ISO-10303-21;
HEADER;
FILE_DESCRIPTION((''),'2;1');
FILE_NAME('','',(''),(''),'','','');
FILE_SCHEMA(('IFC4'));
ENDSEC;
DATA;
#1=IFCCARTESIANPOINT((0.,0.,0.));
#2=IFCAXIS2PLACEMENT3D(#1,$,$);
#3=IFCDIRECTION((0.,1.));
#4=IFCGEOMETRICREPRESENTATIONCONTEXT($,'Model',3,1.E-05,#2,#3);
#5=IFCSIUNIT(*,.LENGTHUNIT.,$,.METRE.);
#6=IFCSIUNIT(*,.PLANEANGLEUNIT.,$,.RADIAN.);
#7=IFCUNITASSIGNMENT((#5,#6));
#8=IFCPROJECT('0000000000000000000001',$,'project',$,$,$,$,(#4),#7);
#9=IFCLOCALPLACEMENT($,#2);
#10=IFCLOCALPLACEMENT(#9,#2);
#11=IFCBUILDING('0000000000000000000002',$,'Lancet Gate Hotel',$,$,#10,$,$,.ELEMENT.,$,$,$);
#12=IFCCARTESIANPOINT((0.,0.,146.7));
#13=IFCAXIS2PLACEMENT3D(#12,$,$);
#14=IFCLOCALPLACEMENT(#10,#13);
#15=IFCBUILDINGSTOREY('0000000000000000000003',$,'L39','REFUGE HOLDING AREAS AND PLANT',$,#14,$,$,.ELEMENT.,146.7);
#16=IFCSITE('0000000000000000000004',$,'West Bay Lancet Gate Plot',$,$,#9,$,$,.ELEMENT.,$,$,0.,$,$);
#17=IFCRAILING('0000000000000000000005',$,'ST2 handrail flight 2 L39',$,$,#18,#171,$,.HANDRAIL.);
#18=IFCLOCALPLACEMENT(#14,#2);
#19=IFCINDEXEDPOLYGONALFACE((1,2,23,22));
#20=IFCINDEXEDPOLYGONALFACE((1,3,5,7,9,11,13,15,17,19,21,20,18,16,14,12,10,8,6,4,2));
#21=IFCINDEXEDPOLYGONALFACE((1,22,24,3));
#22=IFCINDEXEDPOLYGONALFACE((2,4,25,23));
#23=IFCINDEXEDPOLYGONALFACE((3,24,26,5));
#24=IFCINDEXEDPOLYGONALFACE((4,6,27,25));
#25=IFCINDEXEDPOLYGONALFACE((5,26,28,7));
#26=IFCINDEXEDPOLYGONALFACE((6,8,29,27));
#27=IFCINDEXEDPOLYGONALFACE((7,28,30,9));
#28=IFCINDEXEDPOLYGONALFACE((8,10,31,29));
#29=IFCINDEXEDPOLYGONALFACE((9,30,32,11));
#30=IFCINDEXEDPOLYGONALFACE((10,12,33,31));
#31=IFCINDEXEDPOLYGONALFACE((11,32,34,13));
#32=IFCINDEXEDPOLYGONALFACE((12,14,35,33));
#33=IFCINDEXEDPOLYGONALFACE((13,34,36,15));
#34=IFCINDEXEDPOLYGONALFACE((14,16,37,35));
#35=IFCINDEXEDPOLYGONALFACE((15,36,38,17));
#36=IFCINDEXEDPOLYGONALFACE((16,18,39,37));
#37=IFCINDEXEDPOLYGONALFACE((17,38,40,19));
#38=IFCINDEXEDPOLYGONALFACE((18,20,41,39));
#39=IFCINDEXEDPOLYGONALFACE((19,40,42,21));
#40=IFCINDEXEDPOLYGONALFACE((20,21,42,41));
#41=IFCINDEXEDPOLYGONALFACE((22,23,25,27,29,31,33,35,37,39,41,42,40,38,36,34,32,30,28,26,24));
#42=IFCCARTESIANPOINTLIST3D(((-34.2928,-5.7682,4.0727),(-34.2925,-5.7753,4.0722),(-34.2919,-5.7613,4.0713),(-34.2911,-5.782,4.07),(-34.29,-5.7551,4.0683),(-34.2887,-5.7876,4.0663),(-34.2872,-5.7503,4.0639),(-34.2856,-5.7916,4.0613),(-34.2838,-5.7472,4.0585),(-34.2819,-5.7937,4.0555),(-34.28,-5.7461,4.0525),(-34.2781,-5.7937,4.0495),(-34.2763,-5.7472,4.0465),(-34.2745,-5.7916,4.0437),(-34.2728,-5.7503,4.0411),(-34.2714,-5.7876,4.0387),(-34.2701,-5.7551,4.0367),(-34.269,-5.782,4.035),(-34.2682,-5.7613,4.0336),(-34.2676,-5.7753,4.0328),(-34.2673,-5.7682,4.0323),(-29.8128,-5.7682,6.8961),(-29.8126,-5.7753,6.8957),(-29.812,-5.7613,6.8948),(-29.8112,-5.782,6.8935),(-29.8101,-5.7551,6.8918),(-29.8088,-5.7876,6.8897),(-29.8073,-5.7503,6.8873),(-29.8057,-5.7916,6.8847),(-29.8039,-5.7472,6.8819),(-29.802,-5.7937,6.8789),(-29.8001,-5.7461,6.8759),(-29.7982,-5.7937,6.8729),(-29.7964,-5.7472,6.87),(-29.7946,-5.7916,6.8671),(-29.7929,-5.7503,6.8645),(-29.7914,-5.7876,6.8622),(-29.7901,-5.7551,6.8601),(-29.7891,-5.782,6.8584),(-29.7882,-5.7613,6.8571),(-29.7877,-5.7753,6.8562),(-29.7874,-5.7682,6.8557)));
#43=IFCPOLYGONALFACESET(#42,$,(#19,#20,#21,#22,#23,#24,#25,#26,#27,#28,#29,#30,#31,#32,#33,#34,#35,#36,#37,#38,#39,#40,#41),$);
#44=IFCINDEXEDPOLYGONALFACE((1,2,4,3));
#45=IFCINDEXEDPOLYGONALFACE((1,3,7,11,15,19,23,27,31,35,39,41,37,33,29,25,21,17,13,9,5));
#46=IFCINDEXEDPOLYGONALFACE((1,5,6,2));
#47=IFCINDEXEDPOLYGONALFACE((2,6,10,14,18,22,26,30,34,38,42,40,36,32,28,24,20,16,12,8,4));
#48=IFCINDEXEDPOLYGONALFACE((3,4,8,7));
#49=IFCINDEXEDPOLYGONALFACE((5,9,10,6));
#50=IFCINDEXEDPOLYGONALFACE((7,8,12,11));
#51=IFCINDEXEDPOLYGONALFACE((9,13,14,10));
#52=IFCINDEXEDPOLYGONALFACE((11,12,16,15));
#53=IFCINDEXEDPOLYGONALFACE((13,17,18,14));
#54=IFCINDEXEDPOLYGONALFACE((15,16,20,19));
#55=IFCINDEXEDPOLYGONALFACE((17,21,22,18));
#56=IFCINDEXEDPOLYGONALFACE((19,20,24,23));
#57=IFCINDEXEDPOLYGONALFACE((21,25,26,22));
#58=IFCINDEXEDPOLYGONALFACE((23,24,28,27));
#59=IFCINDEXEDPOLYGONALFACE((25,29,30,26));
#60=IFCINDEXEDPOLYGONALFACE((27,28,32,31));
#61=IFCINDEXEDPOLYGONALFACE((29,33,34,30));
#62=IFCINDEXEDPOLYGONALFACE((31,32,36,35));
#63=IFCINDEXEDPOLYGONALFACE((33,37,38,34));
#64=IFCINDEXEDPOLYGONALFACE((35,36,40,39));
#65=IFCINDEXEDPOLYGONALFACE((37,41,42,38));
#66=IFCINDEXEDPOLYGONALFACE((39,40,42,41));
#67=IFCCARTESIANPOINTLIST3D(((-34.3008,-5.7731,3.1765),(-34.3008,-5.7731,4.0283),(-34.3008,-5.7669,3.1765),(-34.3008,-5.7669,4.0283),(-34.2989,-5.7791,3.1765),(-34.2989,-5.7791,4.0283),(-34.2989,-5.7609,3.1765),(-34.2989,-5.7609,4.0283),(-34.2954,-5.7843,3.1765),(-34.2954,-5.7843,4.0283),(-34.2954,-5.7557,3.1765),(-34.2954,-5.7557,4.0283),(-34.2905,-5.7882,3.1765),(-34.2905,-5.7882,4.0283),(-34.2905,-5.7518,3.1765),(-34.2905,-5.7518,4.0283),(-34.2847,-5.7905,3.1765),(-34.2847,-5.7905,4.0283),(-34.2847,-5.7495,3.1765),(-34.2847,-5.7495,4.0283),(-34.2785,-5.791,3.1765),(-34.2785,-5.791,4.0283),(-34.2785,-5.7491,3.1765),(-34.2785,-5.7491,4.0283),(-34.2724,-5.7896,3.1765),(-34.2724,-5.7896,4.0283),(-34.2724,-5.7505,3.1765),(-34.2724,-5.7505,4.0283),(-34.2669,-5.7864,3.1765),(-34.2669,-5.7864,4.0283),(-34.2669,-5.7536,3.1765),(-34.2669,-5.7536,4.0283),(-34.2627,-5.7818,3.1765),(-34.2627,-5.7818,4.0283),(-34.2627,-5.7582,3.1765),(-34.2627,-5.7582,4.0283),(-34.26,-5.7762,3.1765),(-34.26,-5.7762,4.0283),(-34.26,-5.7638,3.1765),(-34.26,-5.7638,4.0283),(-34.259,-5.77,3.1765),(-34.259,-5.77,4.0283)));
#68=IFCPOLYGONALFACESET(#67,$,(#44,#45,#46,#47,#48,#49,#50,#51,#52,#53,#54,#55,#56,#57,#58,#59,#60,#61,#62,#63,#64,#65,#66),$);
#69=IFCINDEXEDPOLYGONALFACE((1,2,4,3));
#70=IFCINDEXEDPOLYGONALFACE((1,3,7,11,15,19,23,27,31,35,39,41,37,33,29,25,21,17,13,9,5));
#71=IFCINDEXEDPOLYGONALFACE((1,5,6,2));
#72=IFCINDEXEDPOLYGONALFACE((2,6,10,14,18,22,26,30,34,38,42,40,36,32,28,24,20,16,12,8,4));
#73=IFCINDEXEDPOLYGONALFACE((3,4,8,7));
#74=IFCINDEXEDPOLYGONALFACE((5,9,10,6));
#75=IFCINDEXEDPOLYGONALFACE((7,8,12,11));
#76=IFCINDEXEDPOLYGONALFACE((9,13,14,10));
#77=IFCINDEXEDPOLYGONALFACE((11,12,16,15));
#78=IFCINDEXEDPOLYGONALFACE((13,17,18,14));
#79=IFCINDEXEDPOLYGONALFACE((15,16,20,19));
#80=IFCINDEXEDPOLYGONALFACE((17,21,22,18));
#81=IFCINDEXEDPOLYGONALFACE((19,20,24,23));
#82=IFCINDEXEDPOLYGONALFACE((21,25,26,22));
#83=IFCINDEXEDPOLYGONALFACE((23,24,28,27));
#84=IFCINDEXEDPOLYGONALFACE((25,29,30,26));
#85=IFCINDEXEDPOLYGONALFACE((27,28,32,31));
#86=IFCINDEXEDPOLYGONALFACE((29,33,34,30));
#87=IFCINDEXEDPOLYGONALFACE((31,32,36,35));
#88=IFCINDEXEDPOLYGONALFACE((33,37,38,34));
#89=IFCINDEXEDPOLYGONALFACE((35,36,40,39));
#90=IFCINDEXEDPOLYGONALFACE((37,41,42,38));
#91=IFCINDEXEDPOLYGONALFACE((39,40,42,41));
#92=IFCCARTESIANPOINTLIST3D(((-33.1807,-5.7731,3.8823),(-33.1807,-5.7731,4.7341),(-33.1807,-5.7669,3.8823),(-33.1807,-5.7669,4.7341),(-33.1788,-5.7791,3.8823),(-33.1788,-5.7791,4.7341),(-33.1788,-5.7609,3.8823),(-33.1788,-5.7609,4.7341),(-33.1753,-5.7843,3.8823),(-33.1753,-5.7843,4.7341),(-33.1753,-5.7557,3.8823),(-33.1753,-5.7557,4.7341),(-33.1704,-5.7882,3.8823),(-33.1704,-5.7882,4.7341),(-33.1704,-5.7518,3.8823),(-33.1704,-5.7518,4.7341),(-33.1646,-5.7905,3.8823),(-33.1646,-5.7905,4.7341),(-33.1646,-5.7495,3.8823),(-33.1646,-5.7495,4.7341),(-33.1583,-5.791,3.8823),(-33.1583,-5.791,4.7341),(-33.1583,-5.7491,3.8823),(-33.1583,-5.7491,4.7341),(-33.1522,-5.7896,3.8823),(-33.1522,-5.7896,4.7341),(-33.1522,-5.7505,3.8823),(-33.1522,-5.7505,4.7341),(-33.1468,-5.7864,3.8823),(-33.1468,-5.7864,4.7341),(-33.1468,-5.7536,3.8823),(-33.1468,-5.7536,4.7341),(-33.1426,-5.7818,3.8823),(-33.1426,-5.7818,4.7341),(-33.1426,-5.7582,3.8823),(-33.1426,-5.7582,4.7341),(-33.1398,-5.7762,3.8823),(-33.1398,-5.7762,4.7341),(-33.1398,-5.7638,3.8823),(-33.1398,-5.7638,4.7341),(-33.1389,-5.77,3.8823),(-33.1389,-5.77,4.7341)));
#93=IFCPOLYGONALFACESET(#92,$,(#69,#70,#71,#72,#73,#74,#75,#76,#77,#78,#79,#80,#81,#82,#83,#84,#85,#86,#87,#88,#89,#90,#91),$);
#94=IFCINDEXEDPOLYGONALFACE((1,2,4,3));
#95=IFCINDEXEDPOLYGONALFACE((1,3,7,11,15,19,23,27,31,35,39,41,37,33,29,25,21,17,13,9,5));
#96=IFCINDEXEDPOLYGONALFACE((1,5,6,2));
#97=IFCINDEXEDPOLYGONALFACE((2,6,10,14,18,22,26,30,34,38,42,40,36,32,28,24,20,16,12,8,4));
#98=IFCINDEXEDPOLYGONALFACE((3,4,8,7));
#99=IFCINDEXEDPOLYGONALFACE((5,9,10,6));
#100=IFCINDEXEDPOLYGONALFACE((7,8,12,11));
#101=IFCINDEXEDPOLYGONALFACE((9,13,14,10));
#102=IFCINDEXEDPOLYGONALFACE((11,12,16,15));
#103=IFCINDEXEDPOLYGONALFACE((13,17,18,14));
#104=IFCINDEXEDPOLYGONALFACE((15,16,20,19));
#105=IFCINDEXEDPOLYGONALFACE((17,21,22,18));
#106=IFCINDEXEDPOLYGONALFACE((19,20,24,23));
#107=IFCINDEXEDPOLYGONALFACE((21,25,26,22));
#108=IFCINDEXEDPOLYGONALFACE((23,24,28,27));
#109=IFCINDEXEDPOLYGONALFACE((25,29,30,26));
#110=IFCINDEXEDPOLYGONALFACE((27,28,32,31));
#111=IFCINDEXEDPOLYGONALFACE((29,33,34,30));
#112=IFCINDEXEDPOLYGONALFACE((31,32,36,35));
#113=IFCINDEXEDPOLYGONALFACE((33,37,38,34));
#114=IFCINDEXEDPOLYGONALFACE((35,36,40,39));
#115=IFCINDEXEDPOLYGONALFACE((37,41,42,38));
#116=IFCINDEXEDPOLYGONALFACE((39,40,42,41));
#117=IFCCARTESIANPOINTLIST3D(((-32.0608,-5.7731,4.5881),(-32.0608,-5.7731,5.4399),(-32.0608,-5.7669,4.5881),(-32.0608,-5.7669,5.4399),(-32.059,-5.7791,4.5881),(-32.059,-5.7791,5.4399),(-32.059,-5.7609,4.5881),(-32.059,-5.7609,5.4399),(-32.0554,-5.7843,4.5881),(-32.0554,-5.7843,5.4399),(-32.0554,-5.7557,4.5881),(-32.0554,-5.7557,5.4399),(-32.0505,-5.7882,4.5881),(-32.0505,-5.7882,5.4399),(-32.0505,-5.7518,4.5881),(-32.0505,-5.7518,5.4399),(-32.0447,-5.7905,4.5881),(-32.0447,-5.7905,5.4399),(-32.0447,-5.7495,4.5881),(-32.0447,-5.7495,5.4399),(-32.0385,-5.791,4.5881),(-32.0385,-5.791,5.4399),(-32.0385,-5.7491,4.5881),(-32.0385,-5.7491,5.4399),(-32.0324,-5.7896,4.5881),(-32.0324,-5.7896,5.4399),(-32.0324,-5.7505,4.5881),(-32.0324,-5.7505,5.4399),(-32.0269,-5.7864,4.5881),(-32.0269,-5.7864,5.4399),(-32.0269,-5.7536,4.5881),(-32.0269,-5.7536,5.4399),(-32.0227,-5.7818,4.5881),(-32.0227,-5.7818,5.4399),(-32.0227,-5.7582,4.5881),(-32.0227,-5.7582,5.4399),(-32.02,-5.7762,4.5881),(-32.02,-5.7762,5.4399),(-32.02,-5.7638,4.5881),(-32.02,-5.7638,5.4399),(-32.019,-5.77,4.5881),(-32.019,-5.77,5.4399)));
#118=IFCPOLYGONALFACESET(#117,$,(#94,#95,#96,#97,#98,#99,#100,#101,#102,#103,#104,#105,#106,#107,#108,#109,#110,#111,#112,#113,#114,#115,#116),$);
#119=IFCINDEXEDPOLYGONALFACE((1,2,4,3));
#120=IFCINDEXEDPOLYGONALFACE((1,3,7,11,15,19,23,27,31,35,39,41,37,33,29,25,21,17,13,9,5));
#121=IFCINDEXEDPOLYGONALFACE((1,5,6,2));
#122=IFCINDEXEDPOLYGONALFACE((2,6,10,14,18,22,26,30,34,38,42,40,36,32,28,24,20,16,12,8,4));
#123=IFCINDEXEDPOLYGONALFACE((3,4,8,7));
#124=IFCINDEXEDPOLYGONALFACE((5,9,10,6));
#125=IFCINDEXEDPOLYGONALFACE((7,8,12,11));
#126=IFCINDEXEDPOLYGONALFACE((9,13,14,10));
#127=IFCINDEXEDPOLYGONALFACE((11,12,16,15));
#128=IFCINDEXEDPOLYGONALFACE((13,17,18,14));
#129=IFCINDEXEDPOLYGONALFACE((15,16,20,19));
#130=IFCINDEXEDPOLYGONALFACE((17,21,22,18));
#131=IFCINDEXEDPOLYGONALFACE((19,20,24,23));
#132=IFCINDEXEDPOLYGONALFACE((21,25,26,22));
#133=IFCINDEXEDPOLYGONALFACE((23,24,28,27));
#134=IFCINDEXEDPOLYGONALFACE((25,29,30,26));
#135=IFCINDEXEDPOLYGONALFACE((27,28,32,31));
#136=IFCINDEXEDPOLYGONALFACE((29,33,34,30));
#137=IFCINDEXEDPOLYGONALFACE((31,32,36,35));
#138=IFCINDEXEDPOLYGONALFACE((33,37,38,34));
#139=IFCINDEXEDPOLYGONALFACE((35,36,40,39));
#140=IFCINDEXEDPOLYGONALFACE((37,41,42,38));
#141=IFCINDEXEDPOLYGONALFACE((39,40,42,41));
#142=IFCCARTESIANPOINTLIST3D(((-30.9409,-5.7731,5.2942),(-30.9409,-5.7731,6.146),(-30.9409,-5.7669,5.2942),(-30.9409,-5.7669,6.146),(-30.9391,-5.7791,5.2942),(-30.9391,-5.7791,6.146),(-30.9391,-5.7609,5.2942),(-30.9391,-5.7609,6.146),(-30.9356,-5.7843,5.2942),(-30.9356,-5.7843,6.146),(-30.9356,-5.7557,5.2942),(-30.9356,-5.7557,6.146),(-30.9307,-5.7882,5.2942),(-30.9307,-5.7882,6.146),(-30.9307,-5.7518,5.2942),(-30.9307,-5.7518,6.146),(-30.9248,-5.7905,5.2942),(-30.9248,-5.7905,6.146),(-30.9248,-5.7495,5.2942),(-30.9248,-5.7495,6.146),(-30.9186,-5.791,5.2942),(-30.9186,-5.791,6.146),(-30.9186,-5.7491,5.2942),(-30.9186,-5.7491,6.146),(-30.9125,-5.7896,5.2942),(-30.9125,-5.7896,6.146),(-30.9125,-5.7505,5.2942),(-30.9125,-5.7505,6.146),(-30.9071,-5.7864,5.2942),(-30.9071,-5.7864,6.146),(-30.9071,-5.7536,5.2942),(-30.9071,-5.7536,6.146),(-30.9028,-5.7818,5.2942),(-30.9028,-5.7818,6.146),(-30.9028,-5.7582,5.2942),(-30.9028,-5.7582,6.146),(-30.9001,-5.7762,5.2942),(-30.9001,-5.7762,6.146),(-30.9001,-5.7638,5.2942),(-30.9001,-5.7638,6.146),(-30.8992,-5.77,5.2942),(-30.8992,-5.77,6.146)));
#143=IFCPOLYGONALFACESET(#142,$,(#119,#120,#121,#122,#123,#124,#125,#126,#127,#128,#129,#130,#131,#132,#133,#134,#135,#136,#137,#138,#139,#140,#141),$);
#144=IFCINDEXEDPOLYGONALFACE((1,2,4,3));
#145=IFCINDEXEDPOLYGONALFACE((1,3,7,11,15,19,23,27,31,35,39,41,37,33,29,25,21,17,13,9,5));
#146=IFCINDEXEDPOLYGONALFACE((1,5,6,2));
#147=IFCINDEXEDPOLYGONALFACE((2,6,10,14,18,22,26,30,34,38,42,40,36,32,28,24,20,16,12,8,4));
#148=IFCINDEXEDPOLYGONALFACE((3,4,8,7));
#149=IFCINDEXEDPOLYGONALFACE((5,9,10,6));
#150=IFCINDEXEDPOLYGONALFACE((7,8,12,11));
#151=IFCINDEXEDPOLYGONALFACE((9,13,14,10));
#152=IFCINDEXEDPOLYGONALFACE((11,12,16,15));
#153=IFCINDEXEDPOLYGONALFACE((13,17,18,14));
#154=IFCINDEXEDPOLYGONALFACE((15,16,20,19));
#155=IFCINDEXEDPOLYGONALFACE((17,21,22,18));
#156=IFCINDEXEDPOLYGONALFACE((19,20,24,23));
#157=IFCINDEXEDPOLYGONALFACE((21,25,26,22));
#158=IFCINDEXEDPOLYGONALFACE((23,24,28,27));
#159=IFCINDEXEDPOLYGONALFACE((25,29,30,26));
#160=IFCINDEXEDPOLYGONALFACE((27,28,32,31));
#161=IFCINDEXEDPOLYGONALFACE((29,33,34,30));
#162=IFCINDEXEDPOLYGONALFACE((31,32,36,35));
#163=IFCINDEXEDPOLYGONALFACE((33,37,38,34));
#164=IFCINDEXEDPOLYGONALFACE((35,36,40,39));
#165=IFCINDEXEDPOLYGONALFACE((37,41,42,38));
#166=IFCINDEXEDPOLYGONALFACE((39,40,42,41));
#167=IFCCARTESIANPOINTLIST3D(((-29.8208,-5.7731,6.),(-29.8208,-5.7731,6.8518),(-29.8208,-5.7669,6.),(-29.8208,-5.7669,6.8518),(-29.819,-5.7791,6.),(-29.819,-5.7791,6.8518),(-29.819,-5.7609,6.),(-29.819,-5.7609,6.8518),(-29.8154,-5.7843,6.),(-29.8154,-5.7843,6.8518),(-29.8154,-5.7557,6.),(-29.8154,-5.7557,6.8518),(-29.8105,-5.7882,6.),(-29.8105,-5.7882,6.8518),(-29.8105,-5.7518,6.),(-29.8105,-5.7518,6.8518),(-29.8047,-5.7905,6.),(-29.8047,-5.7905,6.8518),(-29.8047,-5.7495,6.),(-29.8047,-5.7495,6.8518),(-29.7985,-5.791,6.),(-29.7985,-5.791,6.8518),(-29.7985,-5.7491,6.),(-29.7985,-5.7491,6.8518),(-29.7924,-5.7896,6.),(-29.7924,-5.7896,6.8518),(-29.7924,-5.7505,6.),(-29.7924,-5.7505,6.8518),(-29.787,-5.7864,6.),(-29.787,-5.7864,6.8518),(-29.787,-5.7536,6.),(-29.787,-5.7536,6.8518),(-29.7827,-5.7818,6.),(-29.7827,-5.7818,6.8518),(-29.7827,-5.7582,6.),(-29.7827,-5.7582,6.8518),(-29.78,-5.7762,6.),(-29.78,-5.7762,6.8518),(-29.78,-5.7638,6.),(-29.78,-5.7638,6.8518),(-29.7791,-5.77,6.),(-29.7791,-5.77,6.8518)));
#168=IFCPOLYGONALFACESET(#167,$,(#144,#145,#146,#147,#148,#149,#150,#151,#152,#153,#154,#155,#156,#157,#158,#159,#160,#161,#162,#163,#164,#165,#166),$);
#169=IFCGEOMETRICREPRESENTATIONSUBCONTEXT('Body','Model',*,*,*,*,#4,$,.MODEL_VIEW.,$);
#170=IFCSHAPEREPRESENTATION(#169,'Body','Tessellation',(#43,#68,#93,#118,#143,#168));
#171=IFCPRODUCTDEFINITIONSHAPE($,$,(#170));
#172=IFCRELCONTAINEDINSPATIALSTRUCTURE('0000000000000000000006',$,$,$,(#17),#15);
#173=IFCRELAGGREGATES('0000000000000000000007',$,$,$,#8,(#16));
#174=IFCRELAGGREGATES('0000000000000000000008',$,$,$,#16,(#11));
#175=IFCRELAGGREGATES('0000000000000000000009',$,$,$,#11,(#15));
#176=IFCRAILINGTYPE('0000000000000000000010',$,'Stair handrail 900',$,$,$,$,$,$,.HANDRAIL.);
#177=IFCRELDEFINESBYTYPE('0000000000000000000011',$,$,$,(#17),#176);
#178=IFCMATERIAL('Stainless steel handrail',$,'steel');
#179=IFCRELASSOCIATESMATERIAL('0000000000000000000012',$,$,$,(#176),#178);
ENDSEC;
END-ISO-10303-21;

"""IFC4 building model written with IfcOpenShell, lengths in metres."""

from ifc_helpers import new_model, si_unit, direction, frame, origin, origin_2d, place, context, subcontext, project, spatial, circle, extrude, material, type_object, element, save


model = new_model("IFC4")

# Units and contexts
model_context = context("Model", 3, precision=1e-05, world=origin(), true_north=direction((0.0, 1.0)))
body_context = subcontext(model_context, "Body", "Model", "MODEL_VIEW")
ifc_project = project(units=[si_unit("LENGTHUNIT", "METRE"), si_unit("PLANEANGLEUNIT", "RADIAN")], contexts=[model_context])

# Site, building, storey
site_placement = place(None, origin())
site = spatial("IfcSite", under=ifc_project, at=site_placement, Name="West Bay Lancet Gate Plot", CompositionType="ELEMENT", RefElevation=0.0)
building_placement = place(site_placement, origin())
building = spatial("IfcBuilding", under=site, at=building_placement, Name="Lancet Gate Hotel", CompositionType="ELEMENT")
storey_placement = place(building_placement, frame((0.0, 0.0, 146.7)))
storey = spatial("IfcBuildingStorey", under=building, at=storey_placement, Name="L39", Description="REFUGE HOLDING AREAS AND PLANT", CompositionType="ELEMENT", Elevation=146.7)

# Railing
ifc_material_1 = material(Name="Stainless steel handrail", Category="steel")
railing_type = type_object("IfcRailingType", Name="Stair handrail 900", PredefinedType="HANDRAIL", material=ifc_material_1)
railing_1_placement = place(storey_placement, frame((-34.28, -5.77, 3.1765)))
element("IfcRailing", 1, at=railing_1_placement, inside=storey, type_object=railing_type, Name="ST2 handrail flight 2 L39", PredefinedType="HANDRAIL", context=body_context, shape_type="SweptSolid", body=[
    extrude(circle(Radius=0.0239, at=origin_2d()), frame((0.0, 0.0, 0.876), z_axis=(0.845998, 0.0, 0.533186), x_axis=(0.0, 1.0, 0.0)), (0.0, 0.0, 1.0), 5.2954),
    extrude(circle(Radius=0.021, at=origin_2d()), origin(), (0.0, 0.0, 1.0), 0.8518),
    extrude(circle(Radius=0.021, at=origin_2d()), frame((1.1201, 0.0, 0.7058)), (0.0, 0.0, 1.0), 0.8518),
    extrude(circle(Radius=0.021, at=origin_2d()), frame((2.24, 0.0, 1.4116)), (0.0, 0.0, 1.0), 0.8518),
    extrude(circle(Radius=0.021, at=origin_2d()), frame((3.3599, 0.0, 2.1177)), (0.0, 0.0, 1.0), 0.8518),
    extrude(circle(Radius=0.021, at=origin_2d()), frame((4.48, 0.0, 2.8235)), (0.0, 0.0, 1.0), 0.8518),
])

save(model, "model.ifc")
